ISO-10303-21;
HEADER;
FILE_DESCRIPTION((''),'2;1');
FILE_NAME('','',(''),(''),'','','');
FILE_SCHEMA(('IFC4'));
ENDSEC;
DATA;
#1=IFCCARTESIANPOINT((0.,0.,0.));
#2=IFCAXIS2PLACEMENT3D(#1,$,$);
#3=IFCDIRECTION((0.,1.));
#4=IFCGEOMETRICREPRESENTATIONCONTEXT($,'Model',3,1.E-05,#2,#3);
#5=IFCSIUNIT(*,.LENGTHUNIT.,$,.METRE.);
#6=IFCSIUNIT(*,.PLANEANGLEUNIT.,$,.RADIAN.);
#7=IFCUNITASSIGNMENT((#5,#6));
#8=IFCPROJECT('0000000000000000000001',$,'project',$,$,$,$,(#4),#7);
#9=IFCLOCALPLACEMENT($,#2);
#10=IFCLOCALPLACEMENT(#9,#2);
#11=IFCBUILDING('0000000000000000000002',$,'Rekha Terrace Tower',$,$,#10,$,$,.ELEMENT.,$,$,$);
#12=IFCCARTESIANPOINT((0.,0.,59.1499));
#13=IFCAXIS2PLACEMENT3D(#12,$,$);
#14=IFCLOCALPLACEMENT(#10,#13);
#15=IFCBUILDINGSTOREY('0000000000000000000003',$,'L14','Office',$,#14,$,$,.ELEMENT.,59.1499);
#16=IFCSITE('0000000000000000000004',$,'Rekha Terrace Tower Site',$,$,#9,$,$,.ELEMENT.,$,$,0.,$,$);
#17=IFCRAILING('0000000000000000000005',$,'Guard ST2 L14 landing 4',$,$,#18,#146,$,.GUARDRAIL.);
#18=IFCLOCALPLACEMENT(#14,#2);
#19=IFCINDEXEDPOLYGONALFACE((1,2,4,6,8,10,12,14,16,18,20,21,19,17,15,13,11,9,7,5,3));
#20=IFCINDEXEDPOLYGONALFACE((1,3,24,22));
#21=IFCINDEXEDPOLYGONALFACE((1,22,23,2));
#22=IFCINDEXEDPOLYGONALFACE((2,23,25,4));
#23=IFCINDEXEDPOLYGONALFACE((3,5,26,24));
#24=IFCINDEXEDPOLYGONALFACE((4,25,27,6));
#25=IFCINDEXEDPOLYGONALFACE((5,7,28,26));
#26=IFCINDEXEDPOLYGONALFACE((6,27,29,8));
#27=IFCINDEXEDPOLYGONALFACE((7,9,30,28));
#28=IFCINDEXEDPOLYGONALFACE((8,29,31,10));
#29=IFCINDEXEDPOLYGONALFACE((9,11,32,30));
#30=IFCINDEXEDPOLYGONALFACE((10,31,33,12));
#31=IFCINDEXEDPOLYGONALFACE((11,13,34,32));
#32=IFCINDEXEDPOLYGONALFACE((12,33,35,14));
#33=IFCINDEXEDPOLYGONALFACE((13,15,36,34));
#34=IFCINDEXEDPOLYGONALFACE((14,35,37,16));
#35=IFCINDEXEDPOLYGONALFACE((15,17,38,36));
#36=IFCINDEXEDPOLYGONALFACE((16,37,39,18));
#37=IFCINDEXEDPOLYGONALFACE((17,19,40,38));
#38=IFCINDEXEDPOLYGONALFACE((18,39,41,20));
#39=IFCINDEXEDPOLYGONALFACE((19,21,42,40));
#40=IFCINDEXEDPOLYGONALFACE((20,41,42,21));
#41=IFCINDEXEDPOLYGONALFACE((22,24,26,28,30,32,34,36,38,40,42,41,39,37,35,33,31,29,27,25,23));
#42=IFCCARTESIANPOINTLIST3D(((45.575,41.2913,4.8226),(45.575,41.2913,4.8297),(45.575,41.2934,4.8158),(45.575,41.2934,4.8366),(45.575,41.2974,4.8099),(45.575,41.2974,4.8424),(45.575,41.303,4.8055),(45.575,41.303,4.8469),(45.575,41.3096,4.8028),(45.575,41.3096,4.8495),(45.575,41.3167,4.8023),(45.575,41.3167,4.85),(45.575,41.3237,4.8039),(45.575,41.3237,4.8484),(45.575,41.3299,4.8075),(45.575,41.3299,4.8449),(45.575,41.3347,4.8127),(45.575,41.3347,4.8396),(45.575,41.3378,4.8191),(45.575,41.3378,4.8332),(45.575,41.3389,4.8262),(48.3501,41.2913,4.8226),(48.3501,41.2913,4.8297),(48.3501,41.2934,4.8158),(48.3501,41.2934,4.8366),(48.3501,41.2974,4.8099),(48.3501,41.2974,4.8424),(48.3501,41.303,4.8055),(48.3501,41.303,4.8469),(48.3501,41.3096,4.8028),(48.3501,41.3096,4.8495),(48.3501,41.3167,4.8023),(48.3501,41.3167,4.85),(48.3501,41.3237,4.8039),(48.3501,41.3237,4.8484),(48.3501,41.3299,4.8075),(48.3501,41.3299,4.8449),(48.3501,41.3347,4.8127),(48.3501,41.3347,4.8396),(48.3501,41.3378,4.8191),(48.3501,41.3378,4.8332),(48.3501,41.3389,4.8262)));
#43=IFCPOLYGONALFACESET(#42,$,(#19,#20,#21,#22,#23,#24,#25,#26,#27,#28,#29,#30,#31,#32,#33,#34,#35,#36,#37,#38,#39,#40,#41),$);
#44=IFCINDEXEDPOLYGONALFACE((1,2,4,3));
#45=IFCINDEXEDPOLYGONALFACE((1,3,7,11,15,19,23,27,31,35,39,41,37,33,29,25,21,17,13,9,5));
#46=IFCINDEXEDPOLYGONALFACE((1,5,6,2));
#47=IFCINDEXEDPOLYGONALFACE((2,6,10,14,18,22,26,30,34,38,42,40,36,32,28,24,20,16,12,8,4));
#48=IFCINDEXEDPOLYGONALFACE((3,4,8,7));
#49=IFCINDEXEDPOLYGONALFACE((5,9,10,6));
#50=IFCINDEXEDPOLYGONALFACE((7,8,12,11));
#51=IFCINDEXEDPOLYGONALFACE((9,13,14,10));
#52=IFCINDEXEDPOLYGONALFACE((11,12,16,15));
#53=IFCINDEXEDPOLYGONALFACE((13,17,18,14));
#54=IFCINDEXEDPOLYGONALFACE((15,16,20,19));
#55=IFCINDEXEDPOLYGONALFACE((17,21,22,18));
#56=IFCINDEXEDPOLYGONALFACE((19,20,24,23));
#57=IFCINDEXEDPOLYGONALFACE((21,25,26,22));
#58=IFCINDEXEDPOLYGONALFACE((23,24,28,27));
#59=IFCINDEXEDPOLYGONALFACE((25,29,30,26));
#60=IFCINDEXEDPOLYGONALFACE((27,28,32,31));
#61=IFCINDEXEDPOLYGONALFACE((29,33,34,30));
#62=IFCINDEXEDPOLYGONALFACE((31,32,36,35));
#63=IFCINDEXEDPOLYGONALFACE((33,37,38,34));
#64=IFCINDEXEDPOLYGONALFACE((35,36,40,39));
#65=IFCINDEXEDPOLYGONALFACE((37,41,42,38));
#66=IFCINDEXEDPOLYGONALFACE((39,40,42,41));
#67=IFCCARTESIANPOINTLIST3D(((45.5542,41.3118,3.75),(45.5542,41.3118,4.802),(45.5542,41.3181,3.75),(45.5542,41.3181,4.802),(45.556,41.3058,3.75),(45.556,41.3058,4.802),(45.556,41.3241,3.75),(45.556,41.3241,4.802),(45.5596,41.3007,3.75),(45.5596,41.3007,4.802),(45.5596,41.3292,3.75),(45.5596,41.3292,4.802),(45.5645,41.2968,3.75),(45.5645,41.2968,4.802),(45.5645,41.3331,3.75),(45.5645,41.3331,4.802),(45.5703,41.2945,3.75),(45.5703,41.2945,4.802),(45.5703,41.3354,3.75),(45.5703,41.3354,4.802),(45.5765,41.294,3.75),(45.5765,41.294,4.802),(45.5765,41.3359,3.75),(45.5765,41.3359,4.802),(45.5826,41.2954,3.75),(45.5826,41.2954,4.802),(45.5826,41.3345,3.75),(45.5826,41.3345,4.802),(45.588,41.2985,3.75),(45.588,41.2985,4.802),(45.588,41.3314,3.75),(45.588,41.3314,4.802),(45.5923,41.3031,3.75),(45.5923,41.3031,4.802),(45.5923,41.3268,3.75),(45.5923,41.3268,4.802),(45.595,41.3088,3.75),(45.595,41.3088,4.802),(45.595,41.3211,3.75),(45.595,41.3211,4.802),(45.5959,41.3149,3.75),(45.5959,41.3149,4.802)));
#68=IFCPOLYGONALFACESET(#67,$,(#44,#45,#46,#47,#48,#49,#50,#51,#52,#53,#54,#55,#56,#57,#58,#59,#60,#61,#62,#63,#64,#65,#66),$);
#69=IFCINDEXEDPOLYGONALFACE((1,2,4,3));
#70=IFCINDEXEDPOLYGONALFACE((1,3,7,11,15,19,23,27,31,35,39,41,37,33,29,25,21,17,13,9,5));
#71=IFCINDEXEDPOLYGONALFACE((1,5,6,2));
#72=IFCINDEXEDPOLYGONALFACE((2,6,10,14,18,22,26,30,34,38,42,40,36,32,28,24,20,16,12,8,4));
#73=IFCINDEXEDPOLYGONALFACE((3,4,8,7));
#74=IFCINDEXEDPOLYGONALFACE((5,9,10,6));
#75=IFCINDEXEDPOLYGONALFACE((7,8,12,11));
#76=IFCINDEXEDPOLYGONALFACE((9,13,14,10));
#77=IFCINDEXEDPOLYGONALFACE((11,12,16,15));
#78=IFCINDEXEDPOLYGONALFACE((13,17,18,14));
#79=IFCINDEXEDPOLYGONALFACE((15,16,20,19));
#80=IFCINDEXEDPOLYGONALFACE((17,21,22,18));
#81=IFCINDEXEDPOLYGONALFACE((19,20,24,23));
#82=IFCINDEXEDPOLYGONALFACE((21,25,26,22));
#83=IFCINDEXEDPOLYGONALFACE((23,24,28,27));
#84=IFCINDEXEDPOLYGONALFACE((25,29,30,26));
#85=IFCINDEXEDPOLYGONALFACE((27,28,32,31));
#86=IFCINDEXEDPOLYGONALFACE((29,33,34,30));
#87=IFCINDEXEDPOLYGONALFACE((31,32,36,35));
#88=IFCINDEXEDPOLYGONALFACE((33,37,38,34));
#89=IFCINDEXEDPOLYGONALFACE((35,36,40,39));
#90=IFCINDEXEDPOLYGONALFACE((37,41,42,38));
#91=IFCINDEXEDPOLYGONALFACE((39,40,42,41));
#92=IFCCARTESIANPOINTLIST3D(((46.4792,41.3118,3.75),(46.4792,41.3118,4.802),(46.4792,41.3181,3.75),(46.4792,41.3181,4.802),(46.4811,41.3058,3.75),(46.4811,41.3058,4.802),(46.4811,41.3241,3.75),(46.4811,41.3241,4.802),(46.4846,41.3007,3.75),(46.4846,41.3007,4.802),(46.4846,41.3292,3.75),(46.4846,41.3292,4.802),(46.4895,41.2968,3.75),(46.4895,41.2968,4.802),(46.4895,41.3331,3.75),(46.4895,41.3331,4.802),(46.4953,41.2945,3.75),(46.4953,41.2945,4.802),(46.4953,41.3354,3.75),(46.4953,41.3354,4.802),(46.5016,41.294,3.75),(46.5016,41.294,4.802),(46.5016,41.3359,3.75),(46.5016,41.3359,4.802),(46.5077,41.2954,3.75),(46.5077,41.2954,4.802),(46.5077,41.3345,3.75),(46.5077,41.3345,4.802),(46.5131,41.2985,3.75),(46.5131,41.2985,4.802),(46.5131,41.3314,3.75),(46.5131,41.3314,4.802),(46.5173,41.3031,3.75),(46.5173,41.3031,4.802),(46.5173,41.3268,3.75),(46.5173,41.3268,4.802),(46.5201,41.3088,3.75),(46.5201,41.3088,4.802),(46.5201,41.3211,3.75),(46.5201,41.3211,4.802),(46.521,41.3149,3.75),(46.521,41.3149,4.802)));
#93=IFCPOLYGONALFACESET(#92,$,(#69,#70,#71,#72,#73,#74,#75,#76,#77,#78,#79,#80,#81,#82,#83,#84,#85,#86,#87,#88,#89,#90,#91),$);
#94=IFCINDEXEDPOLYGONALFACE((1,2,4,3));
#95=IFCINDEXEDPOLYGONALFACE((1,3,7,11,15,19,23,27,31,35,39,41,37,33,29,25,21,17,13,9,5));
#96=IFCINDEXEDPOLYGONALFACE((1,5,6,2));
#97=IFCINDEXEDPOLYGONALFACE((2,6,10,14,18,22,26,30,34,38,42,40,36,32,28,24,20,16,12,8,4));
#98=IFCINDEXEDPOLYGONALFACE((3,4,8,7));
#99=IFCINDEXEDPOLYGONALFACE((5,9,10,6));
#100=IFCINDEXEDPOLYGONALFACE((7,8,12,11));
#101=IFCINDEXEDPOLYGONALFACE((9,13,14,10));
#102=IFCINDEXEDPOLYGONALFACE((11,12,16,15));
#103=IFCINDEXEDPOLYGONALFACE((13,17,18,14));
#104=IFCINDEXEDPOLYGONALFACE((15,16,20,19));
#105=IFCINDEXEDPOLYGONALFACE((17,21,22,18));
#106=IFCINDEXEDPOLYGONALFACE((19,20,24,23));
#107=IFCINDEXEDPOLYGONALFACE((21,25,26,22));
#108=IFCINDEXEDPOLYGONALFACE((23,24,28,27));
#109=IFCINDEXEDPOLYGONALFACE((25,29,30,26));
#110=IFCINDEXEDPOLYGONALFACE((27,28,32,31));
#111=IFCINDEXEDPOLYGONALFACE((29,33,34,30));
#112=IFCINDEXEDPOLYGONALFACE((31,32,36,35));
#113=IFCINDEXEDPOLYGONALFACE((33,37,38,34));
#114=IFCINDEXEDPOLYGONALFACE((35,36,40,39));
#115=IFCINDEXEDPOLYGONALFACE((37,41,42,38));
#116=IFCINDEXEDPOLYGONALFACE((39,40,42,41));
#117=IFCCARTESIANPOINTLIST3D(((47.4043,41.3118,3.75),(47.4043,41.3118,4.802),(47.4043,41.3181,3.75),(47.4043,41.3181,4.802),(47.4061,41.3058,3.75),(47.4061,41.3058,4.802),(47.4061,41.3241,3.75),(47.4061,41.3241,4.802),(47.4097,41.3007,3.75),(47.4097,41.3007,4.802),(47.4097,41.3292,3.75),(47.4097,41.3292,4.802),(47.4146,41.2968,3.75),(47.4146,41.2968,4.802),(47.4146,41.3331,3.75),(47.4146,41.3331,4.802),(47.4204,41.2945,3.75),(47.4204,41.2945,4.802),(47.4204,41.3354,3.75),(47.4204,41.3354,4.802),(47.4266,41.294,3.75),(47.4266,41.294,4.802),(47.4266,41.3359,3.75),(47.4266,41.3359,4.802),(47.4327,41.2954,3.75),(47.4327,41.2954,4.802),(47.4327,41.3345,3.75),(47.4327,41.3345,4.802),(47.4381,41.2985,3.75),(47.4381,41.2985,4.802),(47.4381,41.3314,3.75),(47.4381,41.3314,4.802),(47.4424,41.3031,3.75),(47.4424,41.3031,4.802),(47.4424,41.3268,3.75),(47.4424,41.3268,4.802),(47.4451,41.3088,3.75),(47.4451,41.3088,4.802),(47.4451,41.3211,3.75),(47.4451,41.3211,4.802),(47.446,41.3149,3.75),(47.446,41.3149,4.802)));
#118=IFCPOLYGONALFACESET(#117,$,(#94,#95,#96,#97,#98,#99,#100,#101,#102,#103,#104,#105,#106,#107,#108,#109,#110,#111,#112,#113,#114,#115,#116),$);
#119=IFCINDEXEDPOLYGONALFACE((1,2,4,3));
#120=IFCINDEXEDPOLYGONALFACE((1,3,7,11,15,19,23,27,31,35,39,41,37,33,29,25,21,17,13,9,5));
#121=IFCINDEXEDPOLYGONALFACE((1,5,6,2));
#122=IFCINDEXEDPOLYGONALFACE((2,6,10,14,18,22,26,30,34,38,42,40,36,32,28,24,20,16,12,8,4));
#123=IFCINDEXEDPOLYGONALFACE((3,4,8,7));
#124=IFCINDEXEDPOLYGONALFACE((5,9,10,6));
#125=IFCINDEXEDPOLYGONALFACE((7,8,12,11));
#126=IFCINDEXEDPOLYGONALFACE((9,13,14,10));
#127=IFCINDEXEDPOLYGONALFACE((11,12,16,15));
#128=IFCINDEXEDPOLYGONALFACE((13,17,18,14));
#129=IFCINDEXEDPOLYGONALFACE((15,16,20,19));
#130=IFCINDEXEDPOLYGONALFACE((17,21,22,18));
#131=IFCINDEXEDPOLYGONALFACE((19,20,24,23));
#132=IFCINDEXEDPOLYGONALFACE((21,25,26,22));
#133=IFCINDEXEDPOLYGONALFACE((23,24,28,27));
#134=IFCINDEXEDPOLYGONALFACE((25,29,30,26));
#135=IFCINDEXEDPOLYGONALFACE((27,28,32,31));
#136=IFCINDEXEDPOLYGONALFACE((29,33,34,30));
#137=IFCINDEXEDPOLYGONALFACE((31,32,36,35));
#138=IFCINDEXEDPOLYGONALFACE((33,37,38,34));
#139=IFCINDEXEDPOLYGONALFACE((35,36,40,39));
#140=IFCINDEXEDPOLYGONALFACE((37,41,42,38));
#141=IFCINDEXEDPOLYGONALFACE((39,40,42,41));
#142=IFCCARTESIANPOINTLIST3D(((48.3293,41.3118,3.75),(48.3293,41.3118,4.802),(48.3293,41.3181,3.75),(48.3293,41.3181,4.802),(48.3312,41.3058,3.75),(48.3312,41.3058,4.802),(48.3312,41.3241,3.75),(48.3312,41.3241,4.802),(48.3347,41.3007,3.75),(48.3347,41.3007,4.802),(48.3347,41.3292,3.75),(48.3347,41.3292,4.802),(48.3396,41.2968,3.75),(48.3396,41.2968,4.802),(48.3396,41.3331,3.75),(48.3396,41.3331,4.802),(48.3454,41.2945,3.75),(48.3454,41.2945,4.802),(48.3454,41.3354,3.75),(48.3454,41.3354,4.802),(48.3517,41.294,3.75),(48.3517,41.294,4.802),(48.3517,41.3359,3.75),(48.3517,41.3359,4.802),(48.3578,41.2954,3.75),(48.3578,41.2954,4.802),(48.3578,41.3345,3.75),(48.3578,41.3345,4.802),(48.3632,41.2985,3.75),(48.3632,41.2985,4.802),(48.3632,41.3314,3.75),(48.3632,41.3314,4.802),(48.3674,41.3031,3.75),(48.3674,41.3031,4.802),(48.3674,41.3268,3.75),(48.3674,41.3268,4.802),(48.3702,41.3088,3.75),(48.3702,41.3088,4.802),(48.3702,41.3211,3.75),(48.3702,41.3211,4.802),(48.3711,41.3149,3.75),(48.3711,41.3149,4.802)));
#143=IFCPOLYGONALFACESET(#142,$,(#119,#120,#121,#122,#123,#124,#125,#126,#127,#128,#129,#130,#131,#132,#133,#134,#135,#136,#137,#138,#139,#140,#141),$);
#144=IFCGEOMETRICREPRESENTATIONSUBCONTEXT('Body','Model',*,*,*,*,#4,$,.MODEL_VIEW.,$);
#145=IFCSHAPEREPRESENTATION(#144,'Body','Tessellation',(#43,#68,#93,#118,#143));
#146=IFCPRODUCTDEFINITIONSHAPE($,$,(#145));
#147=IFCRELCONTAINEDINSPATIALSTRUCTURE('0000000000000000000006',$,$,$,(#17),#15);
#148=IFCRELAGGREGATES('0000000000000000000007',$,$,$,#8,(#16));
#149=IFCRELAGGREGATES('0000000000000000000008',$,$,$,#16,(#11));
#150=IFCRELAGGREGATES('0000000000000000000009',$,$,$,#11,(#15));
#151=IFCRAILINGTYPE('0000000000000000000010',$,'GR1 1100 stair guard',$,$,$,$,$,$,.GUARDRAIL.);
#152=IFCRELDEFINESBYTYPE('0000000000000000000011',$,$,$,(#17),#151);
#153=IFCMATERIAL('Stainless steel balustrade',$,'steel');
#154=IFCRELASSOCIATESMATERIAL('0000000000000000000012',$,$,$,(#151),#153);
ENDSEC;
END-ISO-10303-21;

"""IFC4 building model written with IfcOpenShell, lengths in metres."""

from ifc_helpers import new_model, si_unit, direction, frame, origin, origin_2d, place, context, subcontext, project, spatial, circle, extrude, material, type_object, element, save


model = new_model("IFC4")

# Units and contexts
model_context = context("Model", 3, precision=1e-05, world=origin(), true_north=direction((0.0, 1.0)))
body_context = subcontext(model_context, "Body", "Model", "MODEL_VIEW")
ifc_project = project(units=[si_unit("LENGTHUNIT", "METRE"), si_unit("PLANEANGLEUNIT", "RADIAN")], contexts=[model_context])

# Site, building, storey
site_placement = place(None, origin())
site = spatial("IfcSite", under=ifc_project, at=site_placement, Name="Rekha Terrace Tower Site", CompositionType="ELEMENT", RefElevation=0.0)
building_placement = place(site_placement, origin())
building = spatial("IfcBuilding", under=site, at=building_placement, Name="Rekha Terrace Tower", CompositionType="ELEMENT")
storey_placement = place(building_placement, frame((0.0, 0.0, 59.1499)))
storey = spatial("IfcBuildingStorey", under=building, at=storey_placement, Name="L14", Description="Office", CompositionType="ELEMENT", Elevation=59.1499)

# Railing
ifc_material_1 = material(Name="Stainless steel balustrade", Category="steel")
railing_type_1 = type_object("IfcRailingType", Name="GR1 1100 stair guard", PredefinedType="GUARDRAIL", material=ifc_material_1)
railing_1_placement = place(storey_placement, frame((45.575, 41.3149, 3.75)))
element("IfcRailing", 1, at=railing_1_placement, inside=storey, type_object=railing_type_1, Name="Guard ST2 L14 landing 4", PredefinedType="GUARDRAIL", context=body_context, shape_type="SweptSolid", body=[
    extrude(circle(Radius=0.0239, at=origin_2d()), frame((0.0, 0.0, 1.0762), z_axis=(1.0, 0.0, 0.0), x_axis=(0.0, 1.0, 0.0)), (0.0, 0.0, 1.0), 2.7751),
    extrude(circle(Radius=0.021, at=origin_2d()), origin(), (0.0, 0.0, 1.0), 1.052),
    extrude(circle(Radius=0.021, at=origin_2d()), frame((0.925, 0.0, 0.0)), (0.0, 0.0, 1.0), 1.052),
    extrude(circle(Radius=0.021, at=origin_2d()), frame((1.8501, 0.0, 0.0)), (0.0, 0.0, 1.0), 1.052),
    extrude(circle(Radius=0.021, at=origin_2d()), frame((2.7751, 0.0, 0.0)), (0.0, 0.0, 1.0), 1.052),
])

save(model, "model.ifc")
